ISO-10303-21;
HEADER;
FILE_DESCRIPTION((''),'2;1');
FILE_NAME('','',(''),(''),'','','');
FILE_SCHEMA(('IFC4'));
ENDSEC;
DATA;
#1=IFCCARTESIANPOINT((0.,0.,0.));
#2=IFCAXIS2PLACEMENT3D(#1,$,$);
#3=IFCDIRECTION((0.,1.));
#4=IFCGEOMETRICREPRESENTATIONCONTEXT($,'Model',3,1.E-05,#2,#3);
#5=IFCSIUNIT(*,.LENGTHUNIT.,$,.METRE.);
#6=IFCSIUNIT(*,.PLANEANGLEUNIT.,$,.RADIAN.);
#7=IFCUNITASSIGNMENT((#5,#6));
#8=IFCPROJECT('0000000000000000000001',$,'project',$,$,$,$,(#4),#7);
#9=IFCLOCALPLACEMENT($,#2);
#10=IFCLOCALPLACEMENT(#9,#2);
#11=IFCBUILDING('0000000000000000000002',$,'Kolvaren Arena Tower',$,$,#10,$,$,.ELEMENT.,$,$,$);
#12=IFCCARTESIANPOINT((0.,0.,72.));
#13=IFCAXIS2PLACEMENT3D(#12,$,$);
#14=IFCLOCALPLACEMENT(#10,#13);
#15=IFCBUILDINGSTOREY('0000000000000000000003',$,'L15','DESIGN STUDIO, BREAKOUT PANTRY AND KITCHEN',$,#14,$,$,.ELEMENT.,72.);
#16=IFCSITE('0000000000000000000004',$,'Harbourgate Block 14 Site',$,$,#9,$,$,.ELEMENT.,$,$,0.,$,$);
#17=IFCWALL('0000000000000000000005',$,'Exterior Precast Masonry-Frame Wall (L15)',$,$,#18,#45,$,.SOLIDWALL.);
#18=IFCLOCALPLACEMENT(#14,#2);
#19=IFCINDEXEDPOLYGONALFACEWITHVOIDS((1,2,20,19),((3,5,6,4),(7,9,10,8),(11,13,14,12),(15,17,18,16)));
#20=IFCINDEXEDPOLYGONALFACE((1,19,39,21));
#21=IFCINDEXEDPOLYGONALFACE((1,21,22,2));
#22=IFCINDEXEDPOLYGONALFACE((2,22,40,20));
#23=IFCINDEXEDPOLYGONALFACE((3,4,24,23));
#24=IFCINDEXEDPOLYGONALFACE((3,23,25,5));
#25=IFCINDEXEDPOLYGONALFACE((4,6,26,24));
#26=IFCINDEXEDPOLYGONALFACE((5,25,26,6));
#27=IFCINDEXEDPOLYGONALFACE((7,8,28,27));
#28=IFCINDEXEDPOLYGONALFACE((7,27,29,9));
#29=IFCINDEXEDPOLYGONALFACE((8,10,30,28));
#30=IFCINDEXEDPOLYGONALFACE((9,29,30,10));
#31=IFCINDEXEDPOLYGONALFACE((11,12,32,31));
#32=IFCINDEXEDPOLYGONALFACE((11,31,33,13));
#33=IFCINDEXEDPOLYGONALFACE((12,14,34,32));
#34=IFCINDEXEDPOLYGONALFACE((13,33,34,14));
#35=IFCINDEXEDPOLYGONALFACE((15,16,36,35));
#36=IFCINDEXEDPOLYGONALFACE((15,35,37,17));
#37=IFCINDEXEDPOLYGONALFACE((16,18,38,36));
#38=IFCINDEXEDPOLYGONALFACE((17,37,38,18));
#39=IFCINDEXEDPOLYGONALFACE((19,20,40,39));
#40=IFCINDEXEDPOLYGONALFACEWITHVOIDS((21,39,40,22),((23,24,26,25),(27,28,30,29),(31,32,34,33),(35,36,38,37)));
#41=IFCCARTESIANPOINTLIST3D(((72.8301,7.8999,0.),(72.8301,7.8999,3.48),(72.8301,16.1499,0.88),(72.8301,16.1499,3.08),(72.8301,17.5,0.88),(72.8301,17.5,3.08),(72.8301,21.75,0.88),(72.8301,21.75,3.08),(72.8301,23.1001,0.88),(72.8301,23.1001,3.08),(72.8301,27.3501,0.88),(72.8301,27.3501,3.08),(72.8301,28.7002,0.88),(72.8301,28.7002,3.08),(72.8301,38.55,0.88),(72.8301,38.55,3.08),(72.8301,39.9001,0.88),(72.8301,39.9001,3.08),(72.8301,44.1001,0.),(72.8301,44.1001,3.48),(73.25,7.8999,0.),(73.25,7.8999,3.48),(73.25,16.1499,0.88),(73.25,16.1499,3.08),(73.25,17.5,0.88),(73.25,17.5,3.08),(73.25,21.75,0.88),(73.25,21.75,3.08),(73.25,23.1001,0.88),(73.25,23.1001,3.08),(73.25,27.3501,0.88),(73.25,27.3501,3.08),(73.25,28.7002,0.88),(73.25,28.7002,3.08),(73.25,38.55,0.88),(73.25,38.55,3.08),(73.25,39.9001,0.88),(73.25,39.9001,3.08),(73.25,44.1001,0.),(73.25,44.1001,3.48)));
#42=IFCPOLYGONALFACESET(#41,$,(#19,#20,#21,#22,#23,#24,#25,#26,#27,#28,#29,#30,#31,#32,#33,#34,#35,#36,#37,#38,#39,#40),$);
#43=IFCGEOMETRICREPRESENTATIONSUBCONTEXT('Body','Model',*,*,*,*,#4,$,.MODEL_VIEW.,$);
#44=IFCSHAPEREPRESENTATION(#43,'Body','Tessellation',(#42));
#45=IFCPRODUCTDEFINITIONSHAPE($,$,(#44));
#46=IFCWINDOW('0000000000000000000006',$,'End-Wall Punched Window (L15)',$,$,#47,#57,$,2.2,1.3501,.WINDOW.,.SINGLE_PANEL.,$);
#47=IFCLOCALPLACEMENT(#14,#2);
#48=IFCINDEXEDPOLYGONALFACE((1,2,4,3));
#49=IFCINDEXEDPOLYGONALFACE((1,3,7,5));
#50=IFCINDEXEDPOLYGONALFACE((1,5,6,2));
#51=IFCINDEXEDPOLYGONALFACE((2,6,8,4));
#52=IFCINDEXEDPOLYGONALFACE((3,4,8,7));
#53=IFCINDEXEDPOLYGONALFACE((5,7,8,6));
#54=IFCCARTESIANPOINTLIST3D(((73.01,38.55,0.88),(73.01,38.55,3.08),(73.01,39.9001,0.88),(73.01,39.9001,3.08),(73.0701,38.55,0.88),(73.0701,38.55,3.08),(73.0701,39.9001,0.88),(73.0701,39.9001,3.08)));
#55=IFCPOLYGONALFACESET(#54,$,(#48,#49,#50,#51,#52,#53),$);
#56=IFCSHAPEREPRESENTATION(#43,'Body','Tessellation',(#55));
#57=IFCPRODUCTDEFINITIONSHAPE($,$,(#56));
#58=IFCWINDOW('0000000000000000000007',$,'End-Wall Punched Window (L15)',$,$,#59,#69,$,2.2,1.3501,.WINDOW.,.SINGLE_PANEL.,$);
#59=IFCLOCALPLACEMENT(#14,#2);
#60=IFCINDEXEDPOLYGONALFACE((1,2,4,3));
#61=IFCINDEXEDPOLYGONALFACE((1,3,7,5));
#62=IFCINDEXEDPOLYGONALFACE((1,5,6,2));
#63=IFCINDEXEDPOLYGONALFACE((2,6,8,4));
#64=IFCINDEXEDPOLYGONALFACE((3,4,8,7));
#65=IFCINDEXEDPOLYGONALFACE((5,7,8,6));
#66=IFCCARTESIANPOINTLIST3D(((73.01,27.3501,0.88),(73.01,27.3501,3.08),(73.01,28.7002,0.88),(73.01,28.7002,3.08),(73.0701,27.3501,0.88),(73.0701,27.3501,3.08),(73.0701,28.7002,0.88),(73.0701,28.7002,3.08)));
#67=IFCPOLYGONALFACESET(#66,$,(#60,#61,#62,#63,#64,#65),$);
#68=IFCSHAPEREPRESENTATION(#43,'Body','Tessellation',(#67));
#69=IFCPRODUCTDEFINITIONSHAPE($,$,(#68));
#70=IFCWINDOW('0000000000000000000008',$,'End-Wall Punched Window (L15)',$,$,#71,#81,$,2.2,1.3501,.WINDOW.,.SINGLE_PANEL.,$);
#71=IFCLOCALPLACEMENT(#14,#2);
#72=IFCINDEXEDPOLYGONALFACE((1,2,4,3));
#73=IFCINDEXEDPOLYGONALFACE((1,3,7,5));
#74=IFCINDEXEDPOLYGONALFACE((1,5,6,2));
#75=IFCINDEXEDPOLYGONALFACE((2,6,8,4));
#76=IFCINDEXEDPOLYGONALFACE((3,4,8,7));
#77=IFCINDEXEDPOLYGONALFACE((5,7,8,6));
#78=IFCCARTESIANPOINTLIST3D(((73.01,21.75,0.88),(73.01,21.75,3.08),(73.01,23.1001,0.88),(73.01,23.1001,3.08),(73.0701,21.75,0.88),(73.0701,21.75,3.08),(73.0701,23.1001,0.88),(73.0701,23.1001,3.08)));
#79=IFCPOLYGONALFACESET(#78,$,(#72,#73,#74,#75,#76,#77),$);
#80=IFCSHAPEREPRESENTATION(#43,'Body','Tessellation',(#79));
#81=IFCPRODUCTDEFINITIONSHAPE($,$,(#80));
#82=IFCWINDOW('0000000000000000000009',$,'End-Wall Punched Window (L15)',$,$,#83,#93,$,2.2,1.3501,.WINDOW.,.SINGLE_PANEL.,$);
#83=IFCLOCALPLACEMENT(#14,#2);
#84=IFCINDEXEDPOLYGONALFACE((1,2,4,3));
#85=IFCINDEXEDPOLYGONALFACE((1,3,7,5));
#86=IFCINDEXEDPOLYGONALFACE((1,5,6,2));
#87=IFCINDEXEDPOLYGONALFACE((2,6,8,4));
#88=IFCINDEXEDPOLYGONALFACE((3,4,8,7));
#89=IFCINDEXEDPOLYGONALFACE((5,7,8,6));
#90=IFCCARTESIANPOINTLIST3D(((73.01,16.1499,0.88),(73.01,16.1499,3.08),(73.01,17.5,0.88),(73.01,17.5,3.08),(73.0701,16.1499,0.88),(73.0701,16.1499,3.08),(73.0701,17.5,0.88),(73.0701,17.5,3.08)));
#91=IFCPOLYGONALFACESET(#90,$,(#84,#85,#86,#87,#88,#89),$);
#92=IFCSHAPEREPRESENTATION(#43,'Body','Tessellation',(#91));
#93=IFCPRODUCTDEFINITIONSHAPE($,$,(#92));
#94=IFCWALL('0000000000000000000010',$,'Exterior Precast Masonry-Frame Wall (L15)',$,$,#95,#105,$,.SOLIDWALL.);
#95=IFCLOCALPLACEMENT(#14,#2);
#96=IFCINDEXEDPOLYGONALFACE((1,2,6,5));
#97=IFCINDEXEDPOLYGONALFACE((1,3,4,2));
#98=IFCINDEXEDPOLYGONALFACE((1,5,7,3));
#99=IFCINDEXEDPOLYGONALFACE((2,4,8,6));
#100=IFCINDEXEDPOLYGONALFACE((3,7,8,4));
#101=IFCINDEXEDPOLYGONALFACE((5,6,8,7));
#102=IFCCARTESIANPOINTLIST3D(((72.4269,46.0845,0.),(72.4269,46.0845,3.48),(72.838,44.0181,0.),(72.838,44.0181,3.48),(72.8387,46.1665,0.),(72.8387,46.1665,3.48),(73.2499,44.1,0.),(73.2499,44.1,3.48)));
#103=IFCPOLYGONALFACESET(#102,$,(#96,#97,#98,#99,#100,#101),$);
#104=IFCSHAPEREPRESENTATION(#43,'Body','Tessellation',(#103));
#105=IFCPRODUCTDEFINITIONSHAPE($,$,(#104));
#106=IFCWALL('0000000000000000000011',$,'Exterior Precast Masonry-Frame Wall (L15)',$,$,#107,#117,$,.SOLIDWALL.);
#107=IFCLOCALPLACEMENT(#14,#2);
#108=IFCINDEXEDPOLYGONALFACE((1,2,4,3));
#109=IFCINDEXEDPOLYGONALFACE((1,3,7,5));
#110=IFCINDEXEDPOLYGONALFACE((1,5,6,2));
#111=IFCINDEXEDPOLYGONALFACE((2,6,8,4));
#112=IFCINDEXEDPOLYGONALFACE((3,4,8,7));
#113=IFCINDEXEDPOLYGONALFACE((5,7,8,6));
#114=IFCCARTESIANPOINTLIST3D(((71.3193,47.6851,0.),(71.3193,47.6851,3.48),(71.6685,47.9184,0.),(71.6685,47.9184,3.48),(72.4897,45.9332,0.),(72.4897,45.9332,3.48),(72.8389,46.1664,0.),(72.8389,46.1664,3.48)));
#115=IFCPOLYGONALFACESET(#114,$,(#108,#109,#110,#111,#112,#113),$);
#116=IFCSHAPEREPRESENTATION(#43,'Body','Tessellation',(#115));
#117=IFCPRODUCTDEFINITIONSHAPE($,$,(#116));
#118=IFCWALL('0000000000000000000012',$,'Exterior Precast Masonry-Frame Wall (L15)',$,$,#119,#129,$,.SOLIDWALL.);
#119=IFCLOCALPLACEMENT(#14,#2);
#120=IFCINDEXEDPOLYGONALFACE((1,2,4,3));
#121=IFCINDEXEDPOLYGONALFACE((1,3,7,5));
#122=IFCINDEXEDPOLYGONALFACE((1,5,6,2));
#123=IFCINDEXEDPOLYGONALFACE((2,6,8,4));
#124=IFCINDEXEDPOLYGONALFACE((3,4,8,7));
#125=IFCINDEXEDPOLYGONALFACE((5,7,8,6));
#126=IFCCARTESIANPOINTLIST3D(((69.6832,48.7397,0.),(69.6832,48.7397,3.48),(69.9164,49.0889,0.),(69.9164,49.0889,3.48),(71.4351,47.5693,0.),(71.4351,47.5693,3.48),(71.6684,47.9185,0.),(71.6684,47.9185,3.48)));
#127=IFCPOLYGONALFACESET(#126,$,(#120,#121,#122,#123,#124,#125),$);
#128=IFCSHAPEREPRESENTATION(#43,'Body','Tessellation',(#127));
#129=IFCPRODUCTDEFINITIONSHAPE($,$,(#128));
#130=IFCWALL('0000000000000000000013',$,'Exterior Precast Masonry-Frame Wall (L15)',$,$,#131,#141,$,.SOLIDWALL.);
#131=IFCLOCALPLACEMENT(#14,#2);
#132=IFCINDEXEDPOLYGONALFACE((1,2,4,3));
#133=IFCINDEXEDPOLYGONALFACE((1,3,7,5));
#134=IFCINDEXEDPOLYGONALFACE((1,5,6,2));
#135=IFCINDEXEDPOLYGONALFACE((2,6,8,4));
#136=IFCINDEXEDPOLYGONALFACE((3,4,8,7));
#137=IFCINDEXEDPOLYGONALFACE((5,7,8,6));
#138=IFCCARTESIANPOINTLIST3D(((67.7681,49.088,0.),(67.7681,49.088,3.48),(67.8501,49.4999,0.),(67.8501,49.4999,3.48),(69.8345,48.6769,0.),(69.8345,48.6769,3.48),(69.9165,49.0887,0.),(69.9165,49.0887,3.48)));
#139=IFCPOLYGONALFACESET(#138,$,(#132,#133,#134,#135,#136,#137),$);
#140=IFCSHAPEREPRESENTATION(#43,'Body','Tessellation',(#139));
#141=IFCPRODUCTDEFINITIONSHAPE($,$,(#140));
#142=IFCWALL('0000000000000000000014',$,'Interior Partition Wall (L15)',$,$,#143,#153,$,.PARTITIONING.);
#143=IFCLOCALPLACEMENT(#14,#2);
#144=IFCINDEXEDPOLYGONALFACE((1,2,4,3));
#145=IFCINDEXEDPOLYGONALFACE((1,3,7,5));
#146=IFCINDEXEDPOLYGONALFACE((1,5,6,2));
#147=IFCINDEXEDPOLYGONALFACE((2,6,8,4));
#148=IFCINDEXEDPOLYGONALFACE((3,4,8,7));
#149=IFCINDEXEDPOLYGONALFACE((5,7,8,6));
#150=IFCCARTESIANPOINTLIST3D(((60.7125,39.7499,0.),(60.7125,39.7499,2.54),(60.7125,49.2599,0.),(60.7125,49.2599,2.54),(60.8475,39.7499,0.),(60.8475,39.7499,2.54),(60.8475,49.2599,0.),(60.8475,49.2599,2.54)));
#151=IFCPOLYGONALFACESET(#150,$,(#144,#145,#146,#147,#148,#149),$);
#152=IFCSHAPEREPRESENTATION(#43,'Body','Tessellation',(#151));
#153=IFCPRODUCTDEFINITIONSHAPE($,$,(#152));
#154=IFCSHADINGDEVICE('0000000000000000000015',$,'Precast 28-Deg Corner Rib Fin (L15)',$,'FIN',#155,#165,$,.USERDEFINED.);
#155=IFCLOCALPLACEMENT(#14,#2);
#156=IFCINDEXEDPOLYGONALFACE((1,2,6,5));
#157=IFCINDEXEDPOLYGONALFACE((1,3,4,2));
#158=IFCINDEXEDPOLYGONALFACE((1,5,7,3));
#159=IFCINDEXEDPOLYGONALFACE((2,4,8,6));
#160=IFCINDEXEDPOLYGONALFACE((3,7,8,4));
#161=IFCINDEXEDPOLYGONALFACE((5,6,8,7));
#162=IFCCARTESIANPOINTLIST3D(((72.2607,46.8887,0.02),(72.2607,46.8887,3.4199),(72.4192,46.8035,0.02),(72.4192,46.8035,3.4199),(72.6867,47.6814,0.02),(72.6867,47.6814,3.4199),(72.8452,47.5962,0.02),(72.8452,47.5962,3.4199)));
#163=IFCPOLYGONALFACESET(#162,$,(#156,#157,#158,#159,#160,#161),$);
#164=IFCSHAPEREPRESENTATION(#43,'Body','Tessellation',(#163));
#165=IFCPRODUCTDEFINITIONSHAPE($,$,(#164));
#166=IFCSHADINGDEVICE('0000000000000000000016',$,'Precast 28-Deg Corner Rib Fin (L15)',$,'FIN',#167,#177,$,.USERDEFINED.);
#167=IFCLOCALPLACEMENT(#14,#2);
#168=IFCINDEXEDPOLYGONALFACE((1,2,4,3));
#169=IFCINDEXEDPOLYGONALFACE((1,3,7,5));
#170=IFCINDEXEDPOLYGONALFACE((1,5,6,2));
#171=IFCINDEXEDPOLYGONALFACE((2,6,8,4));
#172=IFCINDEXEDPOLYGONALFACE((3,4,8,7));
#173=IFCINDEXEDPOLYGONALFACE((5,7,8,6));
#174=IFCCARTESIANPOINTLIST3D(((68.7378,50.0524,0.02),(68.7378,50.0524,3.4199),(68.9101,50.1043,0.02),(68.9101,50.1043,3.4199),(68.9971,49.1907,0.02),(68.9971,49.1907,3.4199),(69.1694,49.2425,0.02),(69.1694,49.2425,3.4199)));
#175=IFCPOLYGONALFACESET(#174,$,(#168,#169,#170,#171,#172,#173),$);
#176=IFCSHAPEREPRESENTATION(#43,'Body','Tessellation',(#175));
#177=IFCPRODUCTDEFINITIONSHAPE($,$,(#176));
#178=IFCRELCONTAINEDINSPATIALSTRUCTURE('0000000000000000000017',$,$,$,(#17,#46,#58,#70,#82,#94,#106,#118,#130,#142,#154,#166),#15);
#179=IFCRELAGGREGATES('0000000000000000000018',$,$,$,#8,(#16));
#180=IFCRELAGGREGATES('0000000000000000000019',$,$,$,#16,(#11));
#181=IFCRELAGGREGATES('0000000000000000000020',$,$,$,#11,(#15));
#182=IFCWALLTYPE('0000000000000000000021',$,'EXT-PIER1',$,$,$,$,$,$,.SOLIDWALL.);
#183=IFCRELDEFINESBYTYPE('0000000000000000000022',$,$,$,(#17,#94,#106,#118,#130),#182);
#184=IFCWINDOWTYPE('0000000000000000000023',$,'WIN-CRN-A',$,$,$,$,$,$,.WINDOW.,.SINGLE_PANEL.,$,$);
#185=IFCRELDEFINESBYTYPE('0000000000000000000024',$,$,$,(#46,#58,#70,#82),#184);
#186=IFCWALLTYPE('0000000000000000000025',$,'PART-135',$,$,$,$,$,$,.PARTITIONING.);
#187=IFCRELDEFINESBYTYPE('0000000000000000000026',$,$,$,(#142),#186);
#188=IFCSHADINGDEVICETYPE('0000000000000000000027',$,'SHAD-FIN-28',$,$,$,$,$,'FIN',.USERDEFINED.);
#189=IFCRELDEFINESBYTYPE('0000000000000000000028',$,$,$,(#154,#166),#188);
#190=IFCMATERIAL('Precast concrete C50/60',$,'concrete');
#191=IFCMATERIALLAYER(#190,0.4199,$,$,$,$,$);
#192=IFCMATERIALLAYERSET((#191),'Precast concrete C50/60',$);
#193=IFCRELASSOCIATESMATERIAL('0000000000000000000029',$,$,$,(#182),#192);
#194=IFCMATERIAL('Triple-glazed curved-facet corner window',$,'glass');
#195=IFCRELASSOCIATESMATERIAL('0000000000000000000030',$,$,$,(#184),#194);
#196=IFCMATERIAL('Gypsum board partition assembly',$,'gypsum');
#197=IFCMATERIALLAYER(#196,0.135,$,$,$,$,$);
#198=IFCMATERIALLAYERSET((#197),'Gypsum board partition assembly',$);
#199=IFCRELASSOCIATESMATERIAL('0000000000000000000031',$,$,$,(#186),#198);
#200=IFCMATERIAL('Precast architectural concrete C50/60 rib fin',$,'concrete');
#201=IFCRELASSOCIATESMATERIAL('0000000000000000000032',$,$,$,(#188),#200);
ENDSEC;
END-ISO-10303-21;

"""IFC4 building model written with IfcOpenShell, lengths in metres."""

from ifc_helpers import new_model, si_unit, direction, frame, frame_2d, origin, origin_2d, place, context, subcontext, project, spatial, rectangle, extrude, material, layer, layer_set, type_object, element, fill, save


model = new_model("IFC4")

# Units and contexts
model_context = context("Model", 3, precision=1e-05, world=origin(), true_north=direction((0.0, 1.0)))
body_context = subcontext(model_context, "Body", "Model", "MODEL_VIEW")
ifc_project = project(units=[si_unit("LENGTHUNIT", "METRE"), si_unit("PLANEANGLEUNIT", "RADIAN")], contexts=[model_context])

# Site, building, storey
site_placement = place(None, origin())
site = spatial("IfcSite", under=ifc_project, at=site_placement, Name="Harbourgate Block 14 Site", CompositionType="ELEMENT", RefElevation=0.0)
building_placement = place(site_placement, origin())
building = spatial("IfcBuilding", under=site, at=building_placement, Name="Kolvaren Arena Tower", CompositionType="ELEMENT")
storey_placement = place(building_placement, frame((0.0, 0.0, 72.0)))
storey = spatial("IfcBuildingStorey", under=building, at=storey_placement, Name="L15", Description="DESIGN STUDIO, BREAKOUT PANTRY AND KITCHEN", CompositionType="ELEMENT", Elevation=72.0)

# Wall, openings, windows
ifc_material_1 = material(Name="Precast concrete C50/60", Category="concrete")
ifc_layer_1 = layer(ifc_material_1, 0.4199)
ifc_layer_set_1 = layer_set([ifc_layer_1], Name="Precast concrete C50/60")
wall_type_1 = type_object("IfcWallType", Name="EXT-PIER1", PredefinedType="SOLIDWALL", material=ifc_layer_set_1)
wall_1_placement = place(storey_placement, frame((73.04, 44.1001, 0.0), z_axis=(0.0, 0.0, 1.0), x_axis=(0.0, -1.0, 0.0)))
wall_1 = element("IfcWall", 1, at=wall_1_placement, inside=storey, type_object=wall_type_1, Name="Exterior Precast Masonry-Frame Wall (L15)", PredefinedType="SOLIDWALL", context=body_context, shape_type="SweptSolid", body=[
    extrude(rectangle(XDim=36.2002, YDim=0.4199, at=frame_2d((18.1001, 0.0))), origin(), (0.0, 0.0, 1.0), 3.48),
])
opening_1_placement = place(wall_1_placement, frame((4.2, 0.0, 0.8799)))
opening_1 = element("IfcOpeningElement", 2, at=opening_1_placement, cuts=wall_1, PredefinedType="OPENING", context=body_context, shape_type="SweptSolid", body=[
    extrude(rectangle(XDim=1.3501, YDim=2.2, at=frame_2d((0.675, 1.1001))), frame((0.0, 0.22, 0.0), z_axis=(0.0, -1.0, 0.0), x_axis=(1.0, 0.0, 0.0)), (0.0, 0.0, 1.0), 0.4399),
])
opening_2_placement = place(wall_1_placement, frame((15.3999, 0.0, 0.8799)))
opening_2 = element("IfcOpeningElement", 3, at=opening_2_placement, cuts=wall_1, PredefinedType="OPENING", context=body_context, shape_type="SweptSolid", body=[
    extrude(rectangle(XDim=1.3501, YDim=2.2, at=frame_2d((0.675, 1.1001))), frame((0.0, 0.22, 0.0), z_axis=(0.0, -1.0, 0.0), x_axis=(1.0, 0.0, 0.0)), (0.0, 0.0, 1.0), 0.4399),
])
opening_3_placement = place(wall_1_placement, frame((21.0, 0.0, 0.8799)))
opening_3 = element("IfcOpeningElement", 4, at=opening_3_placement, cuts=wall_1, PredefinedType="OPENING", context=body_context, shape_type="SweptSolid", body=[
    extrude(rectangle(XDim=1.3501, YDim=2.2, at=frame_2d((0.675, 1.1001))), frame((0.0, 0.22, 0.0), z_axis=(0.0, -1.0, 0.0), x_axis=(1.0, 0.0, 0.0)), (0.0, 0.0, 1.0), 0.4399),
])
opening_4_placement = place(wall_1_placement, frame((26.6001, 0.0, 0.8799)))
opening_4 = element("IfcOpeningElement", 5, at=opening_4_placement, cuts=wall_1, PredefinedType="OPENING", context=body_context, shape_type="SweptSolid", body=[
    extrude(rectangle(XDim=1.3501, YDim=2.2, at=frame_2d((0.675, 1.1001))), frame((0.0, 0.22, 0.0), z_axis=(0.0, -1.0, 0.0), x_axis=(1.0, 0.0, 0.0)), (0.0, 0.0, 1.0), 0.4399),
])
ifc_material_2 = material(Name="Triple-glazed curved-facet corner window", Category="glass")
window_type = type_object("IfcWindowType", Name="WIN-CRN-A", PartitioningType="SINGLE_PANEL", PredefinedType="WINDOW", material=ifc_material_2)
window_1_placement = place(opening_1_placement, origin())
window_1 = element("IfcWindow", 6, at=window_1_placement, inside=storey, type_object=window_type, Name="End-Wall Punched Window (L15)", OverallHeight=2.2, OverallWidth=1.3501, PartitioningType="SINGLE_PANEL", PredefinedType="WINDOW", context=body_context, shape_type="SweptSolid", body=[
    extrude(rectangle(XDim=1.3501, YDim=2.2, at=frame_2d((0.675, 1.1001))), frame((0.0, 0.03, 0.0), z_axis=(0.0, -1.0, 0.0), x_axis=(1.0, 0.0, 0.0)), (0.0, 0.0, 1.0), 0.0601),
])
fill(opening_1, window_1)
window_2_placement = place(opening_2_placement, origin())
window_2 = element("IfcWindow", 7, at=window_2_placement, inside=storey, type_object=window_type, Name="End-Wall Punched Window (L15)", OverallHeight=2.2, OverallWidth=1.3501, PartitioningType="SINGLE_PANEL", PredefinedType="WINDOW", context=body_context, shape_type="SweptSolid", body=[
    extrude(rectangle(XDim=1.3501, YDim=2.2, at=frame_2d((0.675, 1.1001))), frame((0.0, 0.03, 0.0), z_axis=(0.0, -1.0, 0.0), x_axis=(1.0, 0.0, 0.0)), (0.0, 0.0, 1.0), 0.0601),
])
fill(opening_2, window_2)
window_3_placement = place(opening_3_placement, origin())
window_3 = element("IfcWindow", 8, at=window_3_placement, inside=storey, type_object=window_type, Name="End-Wall Punched Window (L15)", OverallHeight=2.2, OverallWidth=1.3501, PartitioningType="SINGLE_PANEL", PredefinedType="WINDOW", context=body_context, shape_type="SweptSolid", body=[
    extrude(rectangle(XDim=1.3501, YDim=2.2, at=frame_2d((0.675, 1.1001))), frame((0.0, 0.03, 0.0), z_axis=(0.0, -1.0, 0.0), x_axis=(1.0, 0.0, 0.0)), (0.0, 0.0, 1.0), 0.0601),
])
fill(opening_3, window_3)
window_4_placement = place(opening_4_placement, origin())
window_4 = element("IfcWindow", 9, at=window_4_placement, inside=storey, type_object=window_type, Name="End-Wall Punched Window (L15)", OverallHeight=2.2, OverallWidth=1.3501, PartitioningType="SINGLE_PANEL", PredefinedType="WINDOW", context=body_context, shape_type="SweptSolid", body=[
    extrude(rectangle(XDim=1.3501, YDim=2.2, at=frame_2d((0.675, 1.1001))), frame((0.0, 0.03, 0.0), z_axis=(0.0, -1.0, 0.0), x_axis=(1.0, 0.0, 0.0)), (0.0, 0.0, 1.0), 0.0601),
])
fill(opening_4, window_4)

# Walls
for number, where, z_axis, x_axis, name in (
    (10, (72.6328, 46.1255, 0.0), (0.0, 0.0, 1.0), (0.195136, -0.980776, 0.0), "Exterior Precast Masonry-Frame Wall (L15)"),
    (11, (71.4939, 47.8018, 0.0), (0.0, 0.0, 1.0), (0.555502, -0.831515, 0.0), "Exterior Precast Masonry-Frame Wall (L15)"),
    (12, (69.7998, 48.9143, 0.0), (0.0, 0.0, 1.0), (0.831515, -0.555502, 0.0), "Exterior Precast Masonry-Frame Wall (L15)"),
    (13, (67.8091, 49.2939, 0.0), (0.0, 0.0, 1.0), (0.980776, -0.195136, 0.0), "Exterior Precast Masonry-Frame Wall (L15)"),
):
    element("IfcWall", number, at=place(storey_placement, frame(where, z_axis=z_axis, x_axis=x_axis)), inside=storey, type_object=wall_type_1, Name=name, PredefinedType="SOLIDWALL", context=body_context, shape_type="SweptSolid", body=[
        extrude(rectangle(XDim=2.1069, YDim=0.4199, at=frame_2d((1.0535, 0.0))), origin(), (0.0, 0.0, 1.0), 3.48),
    ])
ifc_material_3 = material(Name="Gypsum board partition assembly", Category="gypsum")
ifc_layer_2 = layer(ifc_material_3, 0.135)
ifc_layer_set_2 = layer_set([ifc_layer_2], Name="Gypsum board partition assembly")
wall_type_2 = type_object("IfcWallType", Name="PART-135", PredefinedType="PARTITIONING", material=ifc_layer_set_2)
wall_2_placement = place(storey_placement, frame((60.78, 39.75, 0.0), z_axis=(0.0, 0.0, 1.0), x_axis=(0.0, 1.0, 0.0)))
element("IfcWall", 14, at=wall_2_placement, inside=storey, type_object=wall_type_2, Name="Interior Partition Wall (L15)", PredefinedType="PARTITIONING", context=body_context, shape_type="SweptSolid", body=[
    extrude(rectangle(XDim=9.51, YDim=0.135, at=frame_2d((4.7549, 0.0))), origin(), (0.0, 0.0, 1.0), 2.54),
])

# Shading devices
ifc_material_4 = material(Name="Precast architectural concrete C50/60 rib fin", Category="concrete")
shading_device_type_1 = type_object("IfcShadingDeviceType", Name="SHAD-FIN-28", ElementType="FIN", PredefinedType="USERDEFINED", material=ifc_material_4)
for number, where, z_axis, x_axis, name in (
    (15, (72.553, 47.2424, 0.02), (0.0, 0.0, 1.0), (0.473349, 0.880875, 0.0), "Precast 28-Deg Corner Rib Fin (L15)"),
    (16, (68.9536, 49.6475, 0.02), (0.0, 0.0, 1.0), (-0.288175, 0.957578, 0.0), "Precast 28-Deg Corner Rib Fin (L15)"),
):
    element("IfcShadingDevice", number, at=place(storey_placement, frame(where, z_axis=z_axis, x_axis=x_axis)), inside=storey, type_object=shading_device_type_1, Name=name, ObjectType="FIN", PredefinedType="USERDEFINED", context=body_context, shape_type="SweptSolid", body=[
        extrude(rectangle(XDim=0.8999, YDim=0.1799, at=origin_2d()), origin(), (0.0, 0.0, 1.0), 3.3999),
    ])

save(model, "model.ifc")
